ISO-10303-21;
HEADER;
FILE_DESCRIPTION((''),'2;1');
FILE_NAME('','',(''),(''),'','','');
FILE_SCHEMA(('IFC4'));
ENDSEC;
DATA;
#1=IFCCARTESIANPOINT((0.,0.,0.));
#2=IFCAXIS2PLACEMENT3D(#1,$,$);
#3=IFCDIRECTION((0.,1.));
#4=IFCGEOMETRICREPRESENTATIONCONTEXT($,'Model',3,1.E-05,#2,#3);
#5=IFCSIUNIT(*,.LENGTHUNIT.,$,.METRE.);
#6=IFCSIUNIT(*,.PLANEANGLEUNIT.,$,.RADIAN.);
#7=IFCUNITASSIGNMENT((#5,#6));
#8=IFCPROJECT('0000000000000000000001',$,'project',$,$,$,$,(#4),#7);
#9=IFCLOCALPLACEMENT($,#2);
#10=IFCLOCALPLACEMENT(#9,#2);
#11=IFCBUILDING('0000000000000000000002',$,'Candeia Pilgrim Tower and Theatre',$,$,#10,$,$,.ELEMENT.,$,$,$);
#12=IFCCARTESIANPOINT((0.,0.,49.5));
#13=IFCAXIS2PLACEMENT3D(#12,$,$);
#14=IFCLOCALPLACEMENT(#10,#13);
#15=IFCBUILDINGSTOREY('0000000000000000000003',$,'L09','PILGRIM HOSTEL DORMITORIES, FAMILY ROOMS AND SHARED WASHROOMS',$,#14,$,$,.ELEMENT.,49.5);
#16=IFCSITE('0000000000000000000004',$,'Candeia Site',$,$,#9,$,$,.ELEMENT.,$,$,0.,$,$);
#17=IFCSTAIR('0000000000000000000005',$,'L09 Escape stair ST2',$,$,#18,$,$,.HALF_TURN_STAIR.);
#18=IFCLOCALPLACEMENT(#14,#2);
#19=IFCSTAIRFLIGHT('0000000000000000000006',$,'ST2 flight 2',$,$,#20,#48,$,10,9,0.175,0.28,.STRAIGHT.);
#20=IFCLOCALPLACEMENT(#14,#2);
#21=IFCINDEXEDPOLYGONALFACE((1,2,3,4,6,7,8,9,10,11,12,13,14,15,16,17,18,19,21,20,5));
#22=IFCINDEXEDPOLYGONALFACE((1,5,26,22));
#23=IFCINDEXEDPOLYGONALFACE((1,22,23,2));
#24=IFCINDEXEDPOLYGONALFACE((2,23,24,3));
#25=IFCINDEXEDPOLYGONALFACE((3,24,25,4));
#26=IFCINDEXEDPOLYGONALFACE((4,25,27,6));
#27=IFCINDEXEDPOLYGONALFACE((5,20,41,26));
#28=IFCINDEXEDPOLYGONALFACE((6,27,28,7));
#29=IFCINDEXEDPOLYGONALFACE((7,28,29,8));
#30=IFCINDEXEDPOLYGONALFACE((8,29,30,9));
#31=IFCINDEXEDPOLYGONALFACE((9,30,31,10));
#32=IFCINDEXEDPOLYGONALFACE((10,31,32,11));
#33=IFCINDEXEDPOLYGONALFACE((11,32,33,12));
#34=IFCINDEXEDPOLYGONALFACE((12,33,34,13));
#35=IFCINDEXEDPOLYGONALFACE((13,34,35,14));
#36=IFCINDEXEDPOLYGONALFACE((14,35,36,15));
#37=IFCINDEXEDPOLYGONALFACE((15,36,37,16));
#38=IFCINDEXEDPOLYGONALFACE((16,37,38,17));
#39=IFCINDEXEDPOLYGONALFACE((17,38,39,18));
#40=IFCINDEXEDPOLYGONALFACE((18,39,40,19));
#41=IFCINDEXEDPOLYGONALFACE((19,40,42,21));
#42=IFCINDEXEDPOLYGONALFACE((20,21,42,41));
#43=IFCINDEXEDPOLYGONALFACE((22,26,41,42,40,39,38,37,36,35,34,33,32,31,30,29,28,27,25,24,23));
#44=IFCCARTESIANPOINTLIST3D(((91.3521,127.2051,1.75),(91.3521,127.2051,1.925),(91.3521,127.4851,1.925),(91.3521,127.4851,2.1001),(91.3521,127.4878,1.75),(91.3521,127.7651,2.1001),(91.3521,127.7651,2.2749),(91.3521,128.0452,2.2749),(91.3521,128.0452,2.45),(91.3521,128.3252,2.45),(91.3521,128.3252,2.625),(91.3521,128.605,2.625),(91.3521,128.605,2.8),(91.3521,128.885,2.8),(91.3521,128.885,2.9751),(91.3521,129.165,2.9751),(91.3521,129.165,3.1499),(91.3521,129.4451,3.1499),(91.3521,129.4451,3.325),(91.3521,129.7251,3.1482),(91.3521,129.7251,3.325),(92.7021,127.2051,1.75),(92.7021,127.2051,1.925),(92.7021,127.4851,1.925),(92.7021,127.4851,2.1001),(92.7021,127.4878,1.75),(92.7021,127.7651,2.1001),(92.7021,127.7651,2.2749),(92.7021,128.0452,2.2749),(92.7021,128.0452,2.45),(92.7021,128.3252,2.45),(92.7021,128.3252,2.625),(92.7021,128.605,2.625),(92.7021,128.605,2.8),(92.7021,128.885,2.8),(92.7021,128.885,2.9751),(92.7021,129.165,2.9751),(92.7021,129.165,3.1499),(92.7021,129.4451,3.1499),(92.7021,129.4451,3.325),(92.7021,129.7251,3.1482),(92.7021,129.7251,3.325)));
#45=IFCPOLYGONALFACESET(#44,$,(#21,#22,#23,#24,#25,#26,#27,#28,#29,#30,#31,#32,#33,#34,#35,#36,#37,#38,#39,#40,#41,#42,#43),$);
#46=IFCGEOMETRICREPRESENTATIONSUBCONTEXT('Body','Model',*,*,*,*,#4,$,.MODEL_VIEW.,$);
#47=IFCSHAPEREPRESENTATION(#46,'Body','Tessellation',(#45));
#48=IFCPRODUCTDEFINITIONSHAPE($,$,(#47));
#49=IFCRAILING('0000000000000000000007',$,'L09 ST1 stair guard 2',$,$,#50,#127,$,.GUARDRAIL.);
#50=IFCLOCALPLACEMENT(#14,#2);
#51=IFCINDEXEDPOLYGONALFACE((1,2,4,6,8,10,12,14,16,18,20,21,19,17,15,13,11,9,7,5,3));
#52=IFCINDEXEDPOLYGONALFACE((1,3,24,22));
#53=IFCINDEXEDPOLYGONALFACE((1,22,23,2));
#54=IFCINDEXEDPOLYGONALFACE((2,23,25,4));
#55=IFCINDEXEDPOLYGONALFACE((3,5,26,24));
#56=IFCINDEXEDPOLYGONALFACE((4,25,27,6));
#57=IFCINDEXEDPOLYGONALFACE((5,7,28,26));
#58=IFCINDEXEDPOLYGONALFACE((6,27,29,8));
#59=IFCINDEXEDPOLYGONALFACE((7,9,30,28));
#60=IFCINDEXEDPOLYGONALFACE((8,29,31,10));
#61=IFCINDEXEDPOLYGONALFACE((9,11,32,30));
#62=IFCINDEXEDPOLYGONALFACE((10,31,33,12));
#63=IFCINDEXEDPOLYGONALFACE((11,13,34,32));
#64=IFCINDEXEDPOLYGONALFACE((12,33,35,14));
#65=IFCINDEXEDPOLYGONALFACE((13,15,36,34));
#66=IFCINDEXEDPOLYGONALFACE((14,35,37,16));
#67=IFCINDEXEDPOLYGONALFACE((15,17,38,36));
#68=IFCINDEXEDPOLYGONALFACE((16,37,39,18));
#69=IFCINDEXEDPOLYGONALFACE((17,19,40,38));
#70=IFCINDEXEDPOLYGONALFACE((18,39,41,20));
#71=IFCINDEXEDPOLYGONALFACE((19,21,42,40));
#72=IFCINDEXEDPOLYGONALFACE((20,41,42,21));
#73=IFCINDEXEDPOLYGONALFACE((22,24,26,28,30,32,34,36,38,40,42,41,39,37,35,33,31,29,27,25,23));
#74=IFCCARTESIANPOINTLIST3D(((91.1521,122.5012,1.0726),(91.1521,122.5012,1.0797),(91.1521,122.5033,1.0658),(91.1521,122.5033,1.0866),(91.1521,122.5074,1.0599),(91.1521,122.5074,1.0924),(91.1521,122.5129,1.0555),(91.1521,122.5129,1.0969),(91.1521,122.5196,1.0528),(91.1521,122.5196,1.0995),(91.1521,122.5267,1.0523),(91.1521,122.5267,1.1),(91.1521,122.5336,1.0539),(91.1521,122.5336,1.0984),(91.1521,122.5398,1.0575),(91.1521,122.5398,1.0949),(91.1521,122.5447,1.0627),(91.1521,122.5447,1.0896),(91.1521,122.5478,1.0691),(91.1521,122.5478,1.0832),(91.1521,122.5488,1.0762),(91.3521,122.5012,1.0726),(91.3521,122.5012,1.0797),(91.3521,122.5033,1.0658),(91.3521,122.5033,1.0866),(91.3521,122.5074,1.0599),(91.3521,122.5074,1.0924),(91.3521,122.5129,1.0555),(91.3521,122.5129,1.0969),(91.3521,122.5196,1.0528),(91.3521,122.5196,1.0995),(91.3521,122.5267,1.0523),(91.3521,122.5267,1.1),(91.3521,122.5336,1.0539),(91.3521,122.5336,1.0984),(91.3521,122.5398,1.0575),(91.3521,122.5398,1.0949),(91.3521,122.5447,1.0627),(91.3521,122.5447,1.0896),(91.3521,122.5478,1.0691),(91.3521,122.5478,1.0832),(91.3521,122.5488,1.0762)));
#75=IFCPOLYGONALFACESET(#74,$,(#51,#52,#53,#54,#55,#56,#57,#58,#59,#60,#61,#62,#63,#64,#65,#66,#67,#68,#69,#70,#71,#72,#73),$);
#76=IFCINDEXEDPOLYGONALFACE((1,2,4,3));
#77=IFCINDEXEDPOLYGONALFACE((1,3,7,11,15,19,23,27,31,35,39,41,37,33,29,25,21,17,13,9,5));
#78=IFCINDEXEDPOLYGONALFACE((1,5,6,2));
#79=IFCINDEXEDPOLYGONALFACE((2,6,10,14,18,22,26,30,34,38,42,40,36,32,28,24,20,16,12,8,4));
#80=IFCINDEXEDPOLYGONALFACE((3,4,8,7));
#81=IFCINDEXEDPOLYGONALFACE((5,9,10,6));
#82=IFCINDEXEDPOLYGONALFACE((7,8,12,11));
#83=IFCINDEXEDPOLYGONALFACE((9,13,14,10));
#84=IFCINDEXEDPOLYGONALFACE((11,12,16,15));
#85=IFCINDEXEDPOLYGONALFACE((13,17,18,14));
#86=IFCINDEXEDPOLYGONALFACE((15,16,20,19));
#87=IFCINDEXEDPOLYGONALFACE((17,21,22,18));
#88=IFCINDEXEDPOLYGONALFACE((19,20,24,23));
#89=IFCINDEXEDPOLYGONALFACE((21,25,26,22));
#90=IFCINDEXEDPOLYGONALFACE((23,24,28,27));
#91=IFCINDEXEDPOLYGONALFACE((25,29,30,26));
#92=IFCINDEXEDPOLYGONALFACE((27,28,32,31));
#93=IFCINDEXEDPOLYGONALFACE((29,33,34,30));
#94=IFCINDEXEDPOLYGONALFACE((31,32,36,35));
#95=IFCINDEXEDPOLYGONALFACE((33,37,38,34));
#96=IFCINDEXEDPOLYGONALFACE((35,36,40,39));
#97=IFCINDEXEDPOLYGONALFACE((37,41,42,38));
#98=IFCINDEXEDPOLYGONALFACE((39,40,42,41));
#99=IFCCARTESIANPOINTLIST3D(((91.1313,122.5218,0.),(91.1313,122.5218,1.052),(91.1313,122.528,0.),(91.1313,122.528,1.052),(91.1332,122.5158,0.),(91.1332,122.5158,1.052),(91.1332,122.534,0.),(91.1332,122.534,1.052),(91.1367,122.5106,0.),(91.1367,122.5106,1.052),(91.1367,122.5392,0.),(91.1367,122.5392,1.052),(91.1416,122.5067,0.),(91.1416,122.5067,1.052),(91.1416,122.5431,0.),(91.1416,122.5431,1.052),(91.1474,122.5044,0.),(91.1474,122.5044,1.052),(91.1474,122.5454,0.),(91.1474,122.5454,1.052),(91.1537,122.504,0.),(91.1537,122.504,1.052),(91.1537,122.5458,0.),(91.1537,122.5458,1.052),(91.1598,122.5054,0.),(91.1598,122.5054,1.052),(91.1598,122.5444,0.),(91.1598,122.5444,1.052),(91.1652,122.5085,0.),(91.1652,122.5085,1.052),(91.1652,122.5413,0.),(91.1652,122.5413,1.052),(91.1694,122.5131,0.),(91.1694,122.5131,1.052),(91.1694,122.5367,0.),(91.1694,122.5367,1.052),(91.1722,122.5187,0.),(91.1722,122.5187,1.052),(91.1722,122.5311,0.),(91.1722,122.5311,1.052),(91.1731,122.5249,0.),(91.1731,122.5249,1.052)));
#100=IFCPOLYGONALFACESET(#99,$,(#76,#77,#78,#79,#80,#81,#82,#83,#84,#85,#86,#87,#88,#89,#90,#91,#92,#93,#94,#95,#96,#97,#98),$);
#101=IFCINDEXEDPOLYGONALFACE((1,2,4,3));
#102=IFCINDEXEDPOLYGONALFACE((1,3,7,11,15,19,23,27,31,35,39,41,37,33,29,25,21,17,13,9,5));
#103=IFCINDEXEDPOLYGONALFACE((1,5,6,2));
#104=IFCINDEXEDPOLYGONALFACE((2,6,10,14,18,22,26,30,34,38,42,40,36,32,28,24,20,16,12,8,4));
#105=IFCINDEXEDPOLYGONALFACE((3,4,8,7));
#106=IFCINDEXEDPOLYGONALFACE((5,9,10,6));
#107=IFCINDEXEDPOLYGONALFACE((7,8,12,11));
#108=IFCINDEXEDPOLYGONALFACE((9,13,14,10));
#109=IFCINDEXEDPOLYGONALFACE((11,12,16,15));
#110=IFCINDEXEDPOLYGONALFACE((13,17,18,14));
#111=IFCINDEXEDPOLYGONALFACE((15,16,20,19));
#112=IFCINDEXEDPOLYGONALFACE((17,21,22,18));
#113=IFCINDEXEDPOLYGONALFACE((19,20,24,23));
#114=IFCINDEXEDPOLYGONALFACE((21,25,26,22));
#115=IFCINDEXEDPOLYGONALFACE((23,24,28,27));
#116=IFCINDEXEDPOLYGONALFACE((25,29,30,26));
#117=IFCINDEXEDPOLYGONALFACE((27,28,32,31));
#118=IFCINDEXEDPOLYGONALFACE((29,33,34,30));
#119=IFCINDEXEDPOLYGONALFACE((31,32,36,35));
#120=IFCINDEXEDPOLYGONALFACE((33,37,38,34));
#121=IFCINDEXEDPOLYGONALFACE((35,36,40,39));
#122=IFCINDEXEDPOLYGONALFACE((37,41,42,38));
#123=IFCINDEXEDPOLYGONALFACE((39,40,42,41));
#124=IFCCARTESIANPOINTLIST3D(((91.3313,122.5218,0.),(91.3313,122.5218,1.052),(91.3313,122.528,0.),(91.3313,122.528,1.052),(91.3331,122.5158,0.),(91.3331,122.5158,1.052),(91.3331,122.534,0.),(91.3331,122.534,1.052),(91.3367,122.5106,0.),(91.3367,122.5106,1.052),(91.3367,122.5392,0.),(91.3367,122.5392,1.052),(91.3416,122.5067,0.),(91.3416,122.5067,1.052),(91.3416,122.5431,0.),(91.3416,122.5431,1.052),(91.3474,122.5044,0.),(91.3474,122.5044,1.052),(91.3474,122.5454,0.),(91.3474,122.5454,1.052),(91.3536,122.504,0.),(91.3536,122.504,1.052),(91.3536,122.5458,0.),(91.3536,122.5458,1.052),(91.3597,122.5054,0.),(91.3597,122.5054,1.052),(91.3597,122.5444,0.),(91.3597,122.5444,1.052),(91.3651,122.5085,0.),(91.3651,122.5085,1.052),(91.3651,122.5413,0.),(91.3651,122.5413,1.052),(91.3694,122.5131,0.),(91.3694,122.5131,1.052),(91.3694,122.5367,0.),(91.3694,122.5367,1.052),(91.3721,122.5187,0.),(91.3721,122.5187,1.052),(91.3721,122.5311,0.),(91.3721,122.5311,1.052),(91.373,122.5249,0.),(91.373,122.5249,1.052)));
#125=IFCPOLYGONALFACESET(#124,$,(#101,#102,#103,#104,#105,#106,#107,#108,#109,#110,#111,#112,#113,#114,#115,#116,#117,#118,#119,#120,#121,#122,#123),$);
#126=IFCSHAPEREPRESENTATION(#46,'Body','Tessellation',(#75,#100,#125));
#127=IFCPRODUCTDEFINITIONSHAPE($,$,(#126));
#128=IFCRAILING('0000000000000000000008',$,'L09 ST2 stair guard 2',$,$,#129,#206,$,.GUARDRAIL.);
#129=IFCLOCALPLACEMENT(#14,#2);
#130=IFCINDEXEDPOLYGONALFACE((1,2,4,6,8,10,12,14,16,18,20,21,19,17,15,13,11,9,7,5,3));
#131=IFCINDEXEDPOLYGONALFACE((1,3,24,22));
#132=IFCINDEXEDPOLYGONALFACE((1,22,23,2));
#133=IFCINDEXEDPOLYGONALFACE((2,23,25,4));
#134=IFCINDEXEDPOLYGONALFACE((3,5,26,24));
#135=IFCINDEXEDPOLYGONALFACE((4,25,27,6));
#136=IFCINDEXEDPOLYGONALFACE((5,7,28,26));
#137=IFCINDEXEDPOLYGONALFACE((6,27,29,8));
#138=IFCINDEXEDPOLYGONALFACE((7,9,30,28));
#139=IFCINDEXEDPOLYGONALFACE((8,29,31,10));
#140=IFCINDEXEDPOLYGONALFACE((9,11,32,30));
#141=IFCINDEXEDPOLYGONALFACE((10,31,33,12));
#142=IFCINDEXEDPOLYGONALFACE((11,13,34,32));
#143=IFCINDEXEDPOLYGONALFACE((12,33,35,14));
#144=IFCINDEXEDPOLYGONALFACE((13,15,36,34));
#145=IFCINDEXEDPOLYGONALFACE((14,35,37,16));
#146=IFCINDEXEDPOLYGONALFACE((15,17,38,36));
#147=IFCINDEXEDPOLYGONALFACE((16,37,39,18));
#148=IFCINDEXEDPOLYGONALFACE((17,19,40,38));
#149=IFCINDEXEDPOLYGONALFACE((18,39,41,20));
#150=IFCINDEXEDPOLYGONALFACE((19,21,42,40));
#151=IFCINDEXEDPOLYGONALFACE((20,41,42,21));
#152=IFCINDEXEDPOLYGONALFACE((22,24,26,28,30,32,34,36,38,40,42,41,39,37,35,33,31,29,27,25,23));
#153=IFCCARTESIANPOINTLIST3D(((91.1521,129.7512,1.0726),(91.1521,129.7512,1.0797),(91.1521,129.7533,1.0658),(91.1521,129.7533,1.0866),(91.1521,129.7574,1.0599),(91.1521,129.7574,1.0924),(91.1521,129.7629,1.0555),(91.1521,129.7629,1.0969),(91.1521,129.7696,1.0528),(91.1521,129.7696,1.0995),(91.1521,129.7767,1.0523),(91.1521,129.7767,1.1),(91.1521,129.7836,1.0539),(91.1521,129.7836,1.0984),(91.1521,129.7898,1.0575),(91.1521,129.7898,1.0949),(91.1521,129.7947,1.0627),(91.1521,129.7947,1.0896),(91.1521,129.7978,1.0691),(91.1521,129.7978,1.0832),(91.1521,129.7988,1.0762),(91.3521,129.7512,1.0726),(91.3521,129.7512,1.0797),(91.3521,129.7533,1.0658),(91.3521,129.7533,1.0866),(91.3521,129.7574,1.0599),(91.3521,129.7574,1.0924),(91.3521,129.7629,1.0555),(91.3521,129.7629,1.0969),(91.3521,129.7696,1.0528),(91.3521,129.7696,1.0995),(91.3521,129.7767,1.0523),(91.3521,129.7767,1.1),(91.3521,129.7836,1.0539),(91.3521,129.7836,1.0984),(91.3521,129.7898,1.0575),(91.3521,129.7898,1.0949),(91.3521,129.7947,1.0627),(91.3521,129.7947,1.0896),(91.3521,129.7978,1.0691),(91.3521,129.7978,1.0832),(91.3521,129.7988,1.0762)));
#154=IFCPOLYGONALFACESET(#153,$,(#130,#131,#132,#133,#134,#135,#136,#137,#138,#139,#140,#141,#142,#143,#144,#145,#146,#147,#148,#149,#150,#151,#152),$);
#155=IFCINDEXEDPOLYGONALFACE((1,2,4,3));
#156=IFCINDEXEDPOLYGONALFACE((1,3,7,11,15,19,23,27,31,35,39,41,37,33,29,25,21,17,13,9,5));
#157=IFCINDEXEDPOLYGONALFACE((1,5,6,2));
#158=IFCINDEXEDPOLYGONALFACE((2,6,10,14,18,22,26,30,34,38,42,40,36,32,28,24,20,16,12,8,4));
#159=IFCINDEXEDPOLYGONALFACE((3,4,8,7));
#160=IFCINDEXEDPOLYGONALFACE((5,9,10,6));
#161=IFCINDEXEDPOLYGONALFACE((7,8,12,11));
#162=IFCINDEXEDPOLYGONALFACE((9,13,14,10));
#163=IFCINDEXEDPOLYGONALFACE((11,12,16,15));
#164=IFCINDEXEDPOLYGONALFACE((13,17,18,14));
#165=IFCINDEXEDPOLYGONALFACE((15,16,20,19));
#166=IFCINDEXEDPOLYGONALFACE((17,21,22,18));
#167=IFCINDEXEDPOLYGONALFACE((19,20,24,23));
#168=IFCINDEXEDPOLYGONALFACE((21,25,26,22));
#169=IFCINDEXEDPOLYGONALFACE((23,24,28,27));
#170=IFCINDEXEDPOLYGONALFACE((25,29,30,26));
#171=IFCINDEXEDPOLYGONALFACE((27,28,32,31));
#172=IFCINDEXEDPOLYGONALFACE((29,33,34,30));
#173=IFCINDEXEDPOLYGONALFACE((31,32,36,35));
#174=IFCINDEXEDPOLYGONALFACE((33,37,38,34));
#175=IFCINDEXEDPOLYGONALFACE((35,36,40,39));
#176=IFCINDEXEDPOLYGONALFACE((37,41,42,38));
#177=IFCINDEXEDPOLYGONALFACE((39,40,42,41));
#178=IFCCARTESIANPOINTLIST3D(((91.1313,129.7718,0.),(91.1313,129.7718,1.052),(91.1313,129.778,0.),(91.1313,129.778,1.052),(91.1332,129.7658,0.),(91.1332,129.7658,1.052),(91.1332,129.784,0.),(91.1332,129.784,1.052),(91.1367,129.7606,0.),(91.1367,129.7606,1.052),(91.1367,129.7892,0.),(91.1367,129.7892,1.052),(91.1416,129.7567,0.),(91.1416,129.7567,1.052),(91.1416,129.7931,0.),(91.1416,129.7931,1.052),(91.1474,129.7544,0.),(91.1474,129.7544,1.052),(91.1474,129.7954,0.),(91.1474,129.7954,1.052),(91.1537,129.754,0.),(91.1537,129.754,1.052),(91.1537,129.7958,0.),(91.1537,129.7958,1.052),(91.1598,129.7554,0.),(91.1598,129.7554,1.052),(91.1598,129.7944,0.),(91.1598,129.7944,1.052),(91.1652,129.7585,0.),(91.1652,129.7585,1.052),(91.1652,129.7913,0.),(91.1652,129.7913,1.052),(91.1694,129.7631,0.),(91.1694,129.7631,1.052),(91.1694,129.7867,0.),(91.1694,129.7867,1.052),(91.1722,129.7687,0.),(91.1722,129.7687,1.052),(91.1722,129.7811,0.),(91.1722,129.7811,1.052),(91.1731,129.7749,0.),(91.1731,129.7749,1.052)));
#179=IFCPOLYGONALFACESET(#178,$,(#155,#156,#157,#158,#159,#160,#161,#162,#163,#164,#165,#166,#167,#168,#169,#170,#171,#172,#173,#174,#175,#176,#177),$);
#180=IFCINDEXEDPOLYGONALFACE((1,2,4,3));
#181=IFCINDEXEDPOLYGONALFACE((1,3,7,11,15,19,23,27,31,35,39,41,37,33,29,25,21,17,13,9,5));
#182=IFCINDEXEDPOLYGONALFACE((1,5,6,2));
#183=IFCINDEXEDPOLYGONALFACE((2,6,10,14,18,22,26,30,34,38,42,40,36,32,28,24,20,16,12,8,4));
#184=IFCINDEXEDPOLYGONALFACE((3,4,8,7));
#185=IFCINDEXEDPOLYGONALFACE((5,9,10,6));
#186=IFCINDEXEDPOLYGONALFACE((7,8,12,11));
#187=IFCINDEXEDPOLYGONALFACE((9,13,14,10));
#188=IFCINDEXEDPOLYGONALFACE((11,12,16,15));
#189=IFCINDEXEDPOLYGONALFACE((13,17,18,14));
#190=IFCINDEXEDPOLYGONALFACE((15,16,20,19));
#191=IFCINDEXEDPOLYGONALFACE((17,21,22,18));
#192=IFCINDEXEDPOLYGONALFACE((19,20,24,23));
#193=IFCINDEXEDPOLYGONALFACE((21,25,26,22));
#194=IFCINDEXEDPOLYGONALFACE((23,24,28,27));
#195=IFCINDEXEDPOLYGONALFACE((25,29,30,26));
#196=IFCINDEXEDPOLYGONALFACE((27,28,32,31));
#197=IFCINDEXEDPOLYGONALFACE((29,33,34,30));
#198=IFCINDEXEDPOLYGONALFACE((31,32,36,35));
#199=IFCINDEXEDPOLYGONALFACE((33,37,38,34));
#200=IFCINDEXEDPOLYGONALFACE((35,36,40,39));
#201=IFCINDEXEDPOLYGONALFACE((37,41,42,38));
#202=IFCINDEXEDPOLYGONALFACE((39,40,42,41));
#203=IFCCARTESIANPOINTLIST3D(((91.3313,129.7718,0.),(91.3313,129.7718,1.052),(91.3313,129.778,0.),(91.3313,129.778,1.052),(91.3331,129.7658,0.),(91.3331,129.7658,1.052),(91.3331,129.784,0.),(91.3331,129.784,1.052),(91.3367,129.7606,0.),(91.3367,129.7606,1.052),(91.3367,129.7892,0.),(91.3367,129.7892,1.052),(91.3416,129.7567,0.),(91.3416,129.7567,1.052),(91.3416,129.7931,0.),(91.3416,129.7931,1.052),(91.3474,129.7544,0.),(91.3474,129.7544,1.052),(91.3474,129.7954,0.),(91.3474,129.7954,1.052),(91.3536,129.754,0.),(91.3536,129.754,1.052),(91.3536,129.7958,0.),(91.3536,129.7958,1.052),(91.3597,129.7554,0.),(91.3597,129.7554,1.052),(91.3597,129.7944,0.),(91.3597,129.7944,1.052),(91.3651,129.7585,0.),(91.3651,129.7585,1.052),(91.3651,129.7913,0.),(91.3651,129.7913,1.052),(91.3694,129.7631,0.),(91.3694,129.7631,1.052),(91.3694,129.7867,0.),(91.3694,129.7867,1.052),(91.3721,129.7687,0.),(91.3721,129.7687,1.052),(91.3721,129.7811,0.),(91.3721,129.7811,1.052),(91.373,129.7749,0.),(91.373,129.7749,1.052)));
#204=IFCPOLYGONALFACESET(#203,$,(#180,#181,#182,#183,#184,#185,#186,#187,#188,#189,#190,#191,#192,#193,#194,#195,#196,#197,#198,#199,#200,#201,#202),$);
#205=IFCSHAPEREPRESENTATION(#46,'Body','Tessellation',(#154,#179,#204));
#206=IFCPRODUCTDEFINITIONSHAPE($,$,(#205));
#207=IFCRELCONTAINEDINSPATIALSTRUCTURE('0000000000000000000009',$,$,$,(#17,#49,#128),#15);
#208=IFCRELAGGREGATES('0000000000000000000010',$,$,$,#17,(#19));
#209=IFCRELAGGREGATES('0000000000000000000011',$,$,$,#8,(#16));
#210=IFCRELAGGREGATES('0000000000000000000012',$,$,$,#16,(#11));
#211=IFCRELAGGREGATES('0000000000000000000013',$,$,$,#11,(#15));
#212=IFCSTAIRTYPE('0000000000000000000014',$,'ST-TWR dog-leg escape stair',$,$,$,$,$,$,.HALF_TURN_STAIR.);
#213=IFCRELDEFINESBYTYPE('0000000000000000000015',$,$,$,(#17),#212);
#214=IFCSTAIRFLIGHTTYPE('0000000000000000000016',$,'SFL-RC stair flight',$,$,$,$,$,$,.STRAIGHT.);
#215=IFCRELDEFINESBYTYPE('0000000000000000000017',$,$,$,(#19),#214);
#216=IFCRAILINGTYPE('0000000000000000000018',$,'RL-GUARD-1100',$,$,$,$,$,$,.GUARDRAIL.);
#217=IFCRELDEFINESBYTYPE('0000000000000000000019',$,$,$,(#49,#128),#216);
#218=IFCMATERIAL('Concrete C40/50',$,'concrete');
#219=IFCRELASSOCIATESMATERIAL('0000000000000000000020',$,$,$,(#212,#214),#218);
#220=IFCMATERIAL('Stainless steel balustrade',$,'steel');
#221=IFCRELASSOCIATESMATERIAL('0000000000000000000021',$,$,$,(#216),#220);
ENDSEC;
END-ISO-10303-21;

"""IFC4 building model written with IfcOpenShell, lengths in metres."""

from ifc_helpers import new_model, si_unit, direction, frame, origin, origin_2d, place, context, subcontext, project, spatial, polyline, circle, outline, extrude, material, type_object, element, aggregate, save


model = new_model("IFC4")

# Units and contexts
model_context = context("Model", 3, precision=1e-05, world=origin(), true_north=direction((0.0, 1.0)))
body_context = subcontext(model_context, "Body", "Model", "MODEL_VIEW")
ifc_project = project(units=[si_unit("LENGTHUNIT", "METRE"), si_unit("PLANEANGLEUNIT", "RADIAN")], contexts=[model_context])

# Site, building, storey
site_placement = place(None, origin())
site = spatial("IfcSite", under=ifc_project, at=site_placement, Name="Candeia Site", CompositionType="ELEMENT", RefElevation=0.0)
building_placement = place(site_placement, origin())
building = spatial("IfcBuilding", under=site, at=building_placement, Name="Candeia Pilgrim Tower and Theatre", CompositionType="ELEMENT")
storey_placement = place(building_placement, frame((0.0, 0.0, 49.5)))
storey = spatial("IfcBuildingStorey", under=building, at=storey_placement, Name="L09", Description="PILGRIM HOSTEL DORMITORIES, FAMILY ROOMS AND SHARED WASHROOMS", CompositionType="ELEMENT", Elevation=49.5)

# Shared definitions
ifc_material_1 = material(Name="Concrete C40/50", Category="concrete")

# Shared definitions
stair_type = type_object("IfcStairType", Name="ST-TWR dog-leg escape stair", PredefinedType="HALF_TURN_STAIR", material=ifc_material_1)
stair_flight_type = type_object("IfcStairFlightType", Name="SFL-RC stair flight", PredefinedType="STRAIGHT", material=ifc_material_1)

# Stair, stair flight
stair_1_placement = place(storey_placement, origin())
stair_1 = element("IfcStair", 1, at=stair_1_placement, inside=storey, type_object=stair_type, Name="L09 Escape stair ST2", PredefinedType="HALF_TURN_STAIR")
stair_flight_1_placement = place(storey_placement, frame((92.0271, 127.2051, 1.75), z_axis=(0.0, 0.0, 1.0), x_axis=(0.0, 1.0, 0.0)))
stair_flight_1 = element("IfcStairFlight", 2, at=stair_flight_1_placement, type_object=stair_flight_type, Name="ST2 flight 2", NumberOfRisers=10, NumberOfTreads=9, PredefinedType="STRAIGHT", RiserHeight=0.175, TreadLength=0.28, context=body_context, shape_type="SweptSolid", body=[
    extrude(outline(polyline([(0.0, 0.0), (0.0, 0.175), (0.28, 0.175), (0.28, 0.3501), (0.5601, 0.3501), (0.5601, 0.5249), (0.8401, 0.5249), (0.8401, 0.7), (1.1201, 0.7), (1.1201, 0.875), (1.3999, 0.875), (1.3999, 1.05), (1.6799, 1.05), (1.6799, 1.2251), (1.96, 1.2251), (1.96, 1.3999), (2.24, 1.3999), (2.24, 1.575), (2.52, 1.575), (2.52, 1.75), (2.52, 1.3982), (0.2827, 0.0), (0.0, 0.0)])), frame((0.0, 0.675, 0.0), z_axis=(0.0, -1.0, 0.0), x_axis=(1.0, 0.0, 0.0)), (0.0, 0.0, 1.0), 1.3501),
])
aggregate(stair_1, [stair_flight_1])

# Railings
ifc_material_2 = material(Name="Stainless steel balustrade", Category="steel")
railing_type_1 = type_object("IfcRailingType", Name="RL-GUARD-1100", PredefinedType="GUARDRAIL", material=ifc_material_2)
railing_1_placement = place(storey_placement, frame((91.1521, 122.5249, 0.0)))
element("IfcRailing", 3, at=railing_1_placement, inside=storey, type_object=railing_type_1, Name="L09 ST1 stair guard 2", PredefinedType="GUARDRAIL", context=body_context, shape_type="SweptSolid", body=[
    extrude(circle(Radius=0.0239, at=origin_2d()), frame((0.0, 0.0, 1.0762), z_axis=(1.0, 0.0, 0.0), x_axis=(0.0, 1.0, 0.0)), (0.0, 0.0, 1.0), 0.2),
    extrude(circle(Radius=0.021, at=origin_2d()), origin(), (0.0, 0.0, 1.0), 1.052),
    extrude(circle(Radius=0.021, at=origin_2d()), frame((0.2, 0.0, 0.0)), (0.0, 0.0, 1.0), 1.052),
])
railing_2_placement = place(storey_placement, frame((91.1521, 129.7749, 0.0)))
element("IfcRailing", 4, at=railing_2_placement, inside=storey, type_object=railing_type_1, Name="L09 ST2 stair guard 2", PredefinedType="GUARDRAIL", context=body_context, shape_type="SweptSolid", body=[
    extrude(circle(Radius=0.0239, at=origin_2d()), frame((0.0, 0.0, 1.0762), z_axis=(1.0, 0.0, 0.0), x_axis=(0.0, 1.0, 0.0)), (0.0, 0.0, 1.0), 0.2),
    extrude(circle(Radius=0.021, at=origin_2d()), origin(), (0.0, 0.0, 1.0), 1.052),
    extrude(circle(Radius=0.021, at=origin_2d()), frame((0.2, 0.0, 0.0)), (0.0, 0.0, 1.0), 1.052),
])

save(model, "model.ifc")
